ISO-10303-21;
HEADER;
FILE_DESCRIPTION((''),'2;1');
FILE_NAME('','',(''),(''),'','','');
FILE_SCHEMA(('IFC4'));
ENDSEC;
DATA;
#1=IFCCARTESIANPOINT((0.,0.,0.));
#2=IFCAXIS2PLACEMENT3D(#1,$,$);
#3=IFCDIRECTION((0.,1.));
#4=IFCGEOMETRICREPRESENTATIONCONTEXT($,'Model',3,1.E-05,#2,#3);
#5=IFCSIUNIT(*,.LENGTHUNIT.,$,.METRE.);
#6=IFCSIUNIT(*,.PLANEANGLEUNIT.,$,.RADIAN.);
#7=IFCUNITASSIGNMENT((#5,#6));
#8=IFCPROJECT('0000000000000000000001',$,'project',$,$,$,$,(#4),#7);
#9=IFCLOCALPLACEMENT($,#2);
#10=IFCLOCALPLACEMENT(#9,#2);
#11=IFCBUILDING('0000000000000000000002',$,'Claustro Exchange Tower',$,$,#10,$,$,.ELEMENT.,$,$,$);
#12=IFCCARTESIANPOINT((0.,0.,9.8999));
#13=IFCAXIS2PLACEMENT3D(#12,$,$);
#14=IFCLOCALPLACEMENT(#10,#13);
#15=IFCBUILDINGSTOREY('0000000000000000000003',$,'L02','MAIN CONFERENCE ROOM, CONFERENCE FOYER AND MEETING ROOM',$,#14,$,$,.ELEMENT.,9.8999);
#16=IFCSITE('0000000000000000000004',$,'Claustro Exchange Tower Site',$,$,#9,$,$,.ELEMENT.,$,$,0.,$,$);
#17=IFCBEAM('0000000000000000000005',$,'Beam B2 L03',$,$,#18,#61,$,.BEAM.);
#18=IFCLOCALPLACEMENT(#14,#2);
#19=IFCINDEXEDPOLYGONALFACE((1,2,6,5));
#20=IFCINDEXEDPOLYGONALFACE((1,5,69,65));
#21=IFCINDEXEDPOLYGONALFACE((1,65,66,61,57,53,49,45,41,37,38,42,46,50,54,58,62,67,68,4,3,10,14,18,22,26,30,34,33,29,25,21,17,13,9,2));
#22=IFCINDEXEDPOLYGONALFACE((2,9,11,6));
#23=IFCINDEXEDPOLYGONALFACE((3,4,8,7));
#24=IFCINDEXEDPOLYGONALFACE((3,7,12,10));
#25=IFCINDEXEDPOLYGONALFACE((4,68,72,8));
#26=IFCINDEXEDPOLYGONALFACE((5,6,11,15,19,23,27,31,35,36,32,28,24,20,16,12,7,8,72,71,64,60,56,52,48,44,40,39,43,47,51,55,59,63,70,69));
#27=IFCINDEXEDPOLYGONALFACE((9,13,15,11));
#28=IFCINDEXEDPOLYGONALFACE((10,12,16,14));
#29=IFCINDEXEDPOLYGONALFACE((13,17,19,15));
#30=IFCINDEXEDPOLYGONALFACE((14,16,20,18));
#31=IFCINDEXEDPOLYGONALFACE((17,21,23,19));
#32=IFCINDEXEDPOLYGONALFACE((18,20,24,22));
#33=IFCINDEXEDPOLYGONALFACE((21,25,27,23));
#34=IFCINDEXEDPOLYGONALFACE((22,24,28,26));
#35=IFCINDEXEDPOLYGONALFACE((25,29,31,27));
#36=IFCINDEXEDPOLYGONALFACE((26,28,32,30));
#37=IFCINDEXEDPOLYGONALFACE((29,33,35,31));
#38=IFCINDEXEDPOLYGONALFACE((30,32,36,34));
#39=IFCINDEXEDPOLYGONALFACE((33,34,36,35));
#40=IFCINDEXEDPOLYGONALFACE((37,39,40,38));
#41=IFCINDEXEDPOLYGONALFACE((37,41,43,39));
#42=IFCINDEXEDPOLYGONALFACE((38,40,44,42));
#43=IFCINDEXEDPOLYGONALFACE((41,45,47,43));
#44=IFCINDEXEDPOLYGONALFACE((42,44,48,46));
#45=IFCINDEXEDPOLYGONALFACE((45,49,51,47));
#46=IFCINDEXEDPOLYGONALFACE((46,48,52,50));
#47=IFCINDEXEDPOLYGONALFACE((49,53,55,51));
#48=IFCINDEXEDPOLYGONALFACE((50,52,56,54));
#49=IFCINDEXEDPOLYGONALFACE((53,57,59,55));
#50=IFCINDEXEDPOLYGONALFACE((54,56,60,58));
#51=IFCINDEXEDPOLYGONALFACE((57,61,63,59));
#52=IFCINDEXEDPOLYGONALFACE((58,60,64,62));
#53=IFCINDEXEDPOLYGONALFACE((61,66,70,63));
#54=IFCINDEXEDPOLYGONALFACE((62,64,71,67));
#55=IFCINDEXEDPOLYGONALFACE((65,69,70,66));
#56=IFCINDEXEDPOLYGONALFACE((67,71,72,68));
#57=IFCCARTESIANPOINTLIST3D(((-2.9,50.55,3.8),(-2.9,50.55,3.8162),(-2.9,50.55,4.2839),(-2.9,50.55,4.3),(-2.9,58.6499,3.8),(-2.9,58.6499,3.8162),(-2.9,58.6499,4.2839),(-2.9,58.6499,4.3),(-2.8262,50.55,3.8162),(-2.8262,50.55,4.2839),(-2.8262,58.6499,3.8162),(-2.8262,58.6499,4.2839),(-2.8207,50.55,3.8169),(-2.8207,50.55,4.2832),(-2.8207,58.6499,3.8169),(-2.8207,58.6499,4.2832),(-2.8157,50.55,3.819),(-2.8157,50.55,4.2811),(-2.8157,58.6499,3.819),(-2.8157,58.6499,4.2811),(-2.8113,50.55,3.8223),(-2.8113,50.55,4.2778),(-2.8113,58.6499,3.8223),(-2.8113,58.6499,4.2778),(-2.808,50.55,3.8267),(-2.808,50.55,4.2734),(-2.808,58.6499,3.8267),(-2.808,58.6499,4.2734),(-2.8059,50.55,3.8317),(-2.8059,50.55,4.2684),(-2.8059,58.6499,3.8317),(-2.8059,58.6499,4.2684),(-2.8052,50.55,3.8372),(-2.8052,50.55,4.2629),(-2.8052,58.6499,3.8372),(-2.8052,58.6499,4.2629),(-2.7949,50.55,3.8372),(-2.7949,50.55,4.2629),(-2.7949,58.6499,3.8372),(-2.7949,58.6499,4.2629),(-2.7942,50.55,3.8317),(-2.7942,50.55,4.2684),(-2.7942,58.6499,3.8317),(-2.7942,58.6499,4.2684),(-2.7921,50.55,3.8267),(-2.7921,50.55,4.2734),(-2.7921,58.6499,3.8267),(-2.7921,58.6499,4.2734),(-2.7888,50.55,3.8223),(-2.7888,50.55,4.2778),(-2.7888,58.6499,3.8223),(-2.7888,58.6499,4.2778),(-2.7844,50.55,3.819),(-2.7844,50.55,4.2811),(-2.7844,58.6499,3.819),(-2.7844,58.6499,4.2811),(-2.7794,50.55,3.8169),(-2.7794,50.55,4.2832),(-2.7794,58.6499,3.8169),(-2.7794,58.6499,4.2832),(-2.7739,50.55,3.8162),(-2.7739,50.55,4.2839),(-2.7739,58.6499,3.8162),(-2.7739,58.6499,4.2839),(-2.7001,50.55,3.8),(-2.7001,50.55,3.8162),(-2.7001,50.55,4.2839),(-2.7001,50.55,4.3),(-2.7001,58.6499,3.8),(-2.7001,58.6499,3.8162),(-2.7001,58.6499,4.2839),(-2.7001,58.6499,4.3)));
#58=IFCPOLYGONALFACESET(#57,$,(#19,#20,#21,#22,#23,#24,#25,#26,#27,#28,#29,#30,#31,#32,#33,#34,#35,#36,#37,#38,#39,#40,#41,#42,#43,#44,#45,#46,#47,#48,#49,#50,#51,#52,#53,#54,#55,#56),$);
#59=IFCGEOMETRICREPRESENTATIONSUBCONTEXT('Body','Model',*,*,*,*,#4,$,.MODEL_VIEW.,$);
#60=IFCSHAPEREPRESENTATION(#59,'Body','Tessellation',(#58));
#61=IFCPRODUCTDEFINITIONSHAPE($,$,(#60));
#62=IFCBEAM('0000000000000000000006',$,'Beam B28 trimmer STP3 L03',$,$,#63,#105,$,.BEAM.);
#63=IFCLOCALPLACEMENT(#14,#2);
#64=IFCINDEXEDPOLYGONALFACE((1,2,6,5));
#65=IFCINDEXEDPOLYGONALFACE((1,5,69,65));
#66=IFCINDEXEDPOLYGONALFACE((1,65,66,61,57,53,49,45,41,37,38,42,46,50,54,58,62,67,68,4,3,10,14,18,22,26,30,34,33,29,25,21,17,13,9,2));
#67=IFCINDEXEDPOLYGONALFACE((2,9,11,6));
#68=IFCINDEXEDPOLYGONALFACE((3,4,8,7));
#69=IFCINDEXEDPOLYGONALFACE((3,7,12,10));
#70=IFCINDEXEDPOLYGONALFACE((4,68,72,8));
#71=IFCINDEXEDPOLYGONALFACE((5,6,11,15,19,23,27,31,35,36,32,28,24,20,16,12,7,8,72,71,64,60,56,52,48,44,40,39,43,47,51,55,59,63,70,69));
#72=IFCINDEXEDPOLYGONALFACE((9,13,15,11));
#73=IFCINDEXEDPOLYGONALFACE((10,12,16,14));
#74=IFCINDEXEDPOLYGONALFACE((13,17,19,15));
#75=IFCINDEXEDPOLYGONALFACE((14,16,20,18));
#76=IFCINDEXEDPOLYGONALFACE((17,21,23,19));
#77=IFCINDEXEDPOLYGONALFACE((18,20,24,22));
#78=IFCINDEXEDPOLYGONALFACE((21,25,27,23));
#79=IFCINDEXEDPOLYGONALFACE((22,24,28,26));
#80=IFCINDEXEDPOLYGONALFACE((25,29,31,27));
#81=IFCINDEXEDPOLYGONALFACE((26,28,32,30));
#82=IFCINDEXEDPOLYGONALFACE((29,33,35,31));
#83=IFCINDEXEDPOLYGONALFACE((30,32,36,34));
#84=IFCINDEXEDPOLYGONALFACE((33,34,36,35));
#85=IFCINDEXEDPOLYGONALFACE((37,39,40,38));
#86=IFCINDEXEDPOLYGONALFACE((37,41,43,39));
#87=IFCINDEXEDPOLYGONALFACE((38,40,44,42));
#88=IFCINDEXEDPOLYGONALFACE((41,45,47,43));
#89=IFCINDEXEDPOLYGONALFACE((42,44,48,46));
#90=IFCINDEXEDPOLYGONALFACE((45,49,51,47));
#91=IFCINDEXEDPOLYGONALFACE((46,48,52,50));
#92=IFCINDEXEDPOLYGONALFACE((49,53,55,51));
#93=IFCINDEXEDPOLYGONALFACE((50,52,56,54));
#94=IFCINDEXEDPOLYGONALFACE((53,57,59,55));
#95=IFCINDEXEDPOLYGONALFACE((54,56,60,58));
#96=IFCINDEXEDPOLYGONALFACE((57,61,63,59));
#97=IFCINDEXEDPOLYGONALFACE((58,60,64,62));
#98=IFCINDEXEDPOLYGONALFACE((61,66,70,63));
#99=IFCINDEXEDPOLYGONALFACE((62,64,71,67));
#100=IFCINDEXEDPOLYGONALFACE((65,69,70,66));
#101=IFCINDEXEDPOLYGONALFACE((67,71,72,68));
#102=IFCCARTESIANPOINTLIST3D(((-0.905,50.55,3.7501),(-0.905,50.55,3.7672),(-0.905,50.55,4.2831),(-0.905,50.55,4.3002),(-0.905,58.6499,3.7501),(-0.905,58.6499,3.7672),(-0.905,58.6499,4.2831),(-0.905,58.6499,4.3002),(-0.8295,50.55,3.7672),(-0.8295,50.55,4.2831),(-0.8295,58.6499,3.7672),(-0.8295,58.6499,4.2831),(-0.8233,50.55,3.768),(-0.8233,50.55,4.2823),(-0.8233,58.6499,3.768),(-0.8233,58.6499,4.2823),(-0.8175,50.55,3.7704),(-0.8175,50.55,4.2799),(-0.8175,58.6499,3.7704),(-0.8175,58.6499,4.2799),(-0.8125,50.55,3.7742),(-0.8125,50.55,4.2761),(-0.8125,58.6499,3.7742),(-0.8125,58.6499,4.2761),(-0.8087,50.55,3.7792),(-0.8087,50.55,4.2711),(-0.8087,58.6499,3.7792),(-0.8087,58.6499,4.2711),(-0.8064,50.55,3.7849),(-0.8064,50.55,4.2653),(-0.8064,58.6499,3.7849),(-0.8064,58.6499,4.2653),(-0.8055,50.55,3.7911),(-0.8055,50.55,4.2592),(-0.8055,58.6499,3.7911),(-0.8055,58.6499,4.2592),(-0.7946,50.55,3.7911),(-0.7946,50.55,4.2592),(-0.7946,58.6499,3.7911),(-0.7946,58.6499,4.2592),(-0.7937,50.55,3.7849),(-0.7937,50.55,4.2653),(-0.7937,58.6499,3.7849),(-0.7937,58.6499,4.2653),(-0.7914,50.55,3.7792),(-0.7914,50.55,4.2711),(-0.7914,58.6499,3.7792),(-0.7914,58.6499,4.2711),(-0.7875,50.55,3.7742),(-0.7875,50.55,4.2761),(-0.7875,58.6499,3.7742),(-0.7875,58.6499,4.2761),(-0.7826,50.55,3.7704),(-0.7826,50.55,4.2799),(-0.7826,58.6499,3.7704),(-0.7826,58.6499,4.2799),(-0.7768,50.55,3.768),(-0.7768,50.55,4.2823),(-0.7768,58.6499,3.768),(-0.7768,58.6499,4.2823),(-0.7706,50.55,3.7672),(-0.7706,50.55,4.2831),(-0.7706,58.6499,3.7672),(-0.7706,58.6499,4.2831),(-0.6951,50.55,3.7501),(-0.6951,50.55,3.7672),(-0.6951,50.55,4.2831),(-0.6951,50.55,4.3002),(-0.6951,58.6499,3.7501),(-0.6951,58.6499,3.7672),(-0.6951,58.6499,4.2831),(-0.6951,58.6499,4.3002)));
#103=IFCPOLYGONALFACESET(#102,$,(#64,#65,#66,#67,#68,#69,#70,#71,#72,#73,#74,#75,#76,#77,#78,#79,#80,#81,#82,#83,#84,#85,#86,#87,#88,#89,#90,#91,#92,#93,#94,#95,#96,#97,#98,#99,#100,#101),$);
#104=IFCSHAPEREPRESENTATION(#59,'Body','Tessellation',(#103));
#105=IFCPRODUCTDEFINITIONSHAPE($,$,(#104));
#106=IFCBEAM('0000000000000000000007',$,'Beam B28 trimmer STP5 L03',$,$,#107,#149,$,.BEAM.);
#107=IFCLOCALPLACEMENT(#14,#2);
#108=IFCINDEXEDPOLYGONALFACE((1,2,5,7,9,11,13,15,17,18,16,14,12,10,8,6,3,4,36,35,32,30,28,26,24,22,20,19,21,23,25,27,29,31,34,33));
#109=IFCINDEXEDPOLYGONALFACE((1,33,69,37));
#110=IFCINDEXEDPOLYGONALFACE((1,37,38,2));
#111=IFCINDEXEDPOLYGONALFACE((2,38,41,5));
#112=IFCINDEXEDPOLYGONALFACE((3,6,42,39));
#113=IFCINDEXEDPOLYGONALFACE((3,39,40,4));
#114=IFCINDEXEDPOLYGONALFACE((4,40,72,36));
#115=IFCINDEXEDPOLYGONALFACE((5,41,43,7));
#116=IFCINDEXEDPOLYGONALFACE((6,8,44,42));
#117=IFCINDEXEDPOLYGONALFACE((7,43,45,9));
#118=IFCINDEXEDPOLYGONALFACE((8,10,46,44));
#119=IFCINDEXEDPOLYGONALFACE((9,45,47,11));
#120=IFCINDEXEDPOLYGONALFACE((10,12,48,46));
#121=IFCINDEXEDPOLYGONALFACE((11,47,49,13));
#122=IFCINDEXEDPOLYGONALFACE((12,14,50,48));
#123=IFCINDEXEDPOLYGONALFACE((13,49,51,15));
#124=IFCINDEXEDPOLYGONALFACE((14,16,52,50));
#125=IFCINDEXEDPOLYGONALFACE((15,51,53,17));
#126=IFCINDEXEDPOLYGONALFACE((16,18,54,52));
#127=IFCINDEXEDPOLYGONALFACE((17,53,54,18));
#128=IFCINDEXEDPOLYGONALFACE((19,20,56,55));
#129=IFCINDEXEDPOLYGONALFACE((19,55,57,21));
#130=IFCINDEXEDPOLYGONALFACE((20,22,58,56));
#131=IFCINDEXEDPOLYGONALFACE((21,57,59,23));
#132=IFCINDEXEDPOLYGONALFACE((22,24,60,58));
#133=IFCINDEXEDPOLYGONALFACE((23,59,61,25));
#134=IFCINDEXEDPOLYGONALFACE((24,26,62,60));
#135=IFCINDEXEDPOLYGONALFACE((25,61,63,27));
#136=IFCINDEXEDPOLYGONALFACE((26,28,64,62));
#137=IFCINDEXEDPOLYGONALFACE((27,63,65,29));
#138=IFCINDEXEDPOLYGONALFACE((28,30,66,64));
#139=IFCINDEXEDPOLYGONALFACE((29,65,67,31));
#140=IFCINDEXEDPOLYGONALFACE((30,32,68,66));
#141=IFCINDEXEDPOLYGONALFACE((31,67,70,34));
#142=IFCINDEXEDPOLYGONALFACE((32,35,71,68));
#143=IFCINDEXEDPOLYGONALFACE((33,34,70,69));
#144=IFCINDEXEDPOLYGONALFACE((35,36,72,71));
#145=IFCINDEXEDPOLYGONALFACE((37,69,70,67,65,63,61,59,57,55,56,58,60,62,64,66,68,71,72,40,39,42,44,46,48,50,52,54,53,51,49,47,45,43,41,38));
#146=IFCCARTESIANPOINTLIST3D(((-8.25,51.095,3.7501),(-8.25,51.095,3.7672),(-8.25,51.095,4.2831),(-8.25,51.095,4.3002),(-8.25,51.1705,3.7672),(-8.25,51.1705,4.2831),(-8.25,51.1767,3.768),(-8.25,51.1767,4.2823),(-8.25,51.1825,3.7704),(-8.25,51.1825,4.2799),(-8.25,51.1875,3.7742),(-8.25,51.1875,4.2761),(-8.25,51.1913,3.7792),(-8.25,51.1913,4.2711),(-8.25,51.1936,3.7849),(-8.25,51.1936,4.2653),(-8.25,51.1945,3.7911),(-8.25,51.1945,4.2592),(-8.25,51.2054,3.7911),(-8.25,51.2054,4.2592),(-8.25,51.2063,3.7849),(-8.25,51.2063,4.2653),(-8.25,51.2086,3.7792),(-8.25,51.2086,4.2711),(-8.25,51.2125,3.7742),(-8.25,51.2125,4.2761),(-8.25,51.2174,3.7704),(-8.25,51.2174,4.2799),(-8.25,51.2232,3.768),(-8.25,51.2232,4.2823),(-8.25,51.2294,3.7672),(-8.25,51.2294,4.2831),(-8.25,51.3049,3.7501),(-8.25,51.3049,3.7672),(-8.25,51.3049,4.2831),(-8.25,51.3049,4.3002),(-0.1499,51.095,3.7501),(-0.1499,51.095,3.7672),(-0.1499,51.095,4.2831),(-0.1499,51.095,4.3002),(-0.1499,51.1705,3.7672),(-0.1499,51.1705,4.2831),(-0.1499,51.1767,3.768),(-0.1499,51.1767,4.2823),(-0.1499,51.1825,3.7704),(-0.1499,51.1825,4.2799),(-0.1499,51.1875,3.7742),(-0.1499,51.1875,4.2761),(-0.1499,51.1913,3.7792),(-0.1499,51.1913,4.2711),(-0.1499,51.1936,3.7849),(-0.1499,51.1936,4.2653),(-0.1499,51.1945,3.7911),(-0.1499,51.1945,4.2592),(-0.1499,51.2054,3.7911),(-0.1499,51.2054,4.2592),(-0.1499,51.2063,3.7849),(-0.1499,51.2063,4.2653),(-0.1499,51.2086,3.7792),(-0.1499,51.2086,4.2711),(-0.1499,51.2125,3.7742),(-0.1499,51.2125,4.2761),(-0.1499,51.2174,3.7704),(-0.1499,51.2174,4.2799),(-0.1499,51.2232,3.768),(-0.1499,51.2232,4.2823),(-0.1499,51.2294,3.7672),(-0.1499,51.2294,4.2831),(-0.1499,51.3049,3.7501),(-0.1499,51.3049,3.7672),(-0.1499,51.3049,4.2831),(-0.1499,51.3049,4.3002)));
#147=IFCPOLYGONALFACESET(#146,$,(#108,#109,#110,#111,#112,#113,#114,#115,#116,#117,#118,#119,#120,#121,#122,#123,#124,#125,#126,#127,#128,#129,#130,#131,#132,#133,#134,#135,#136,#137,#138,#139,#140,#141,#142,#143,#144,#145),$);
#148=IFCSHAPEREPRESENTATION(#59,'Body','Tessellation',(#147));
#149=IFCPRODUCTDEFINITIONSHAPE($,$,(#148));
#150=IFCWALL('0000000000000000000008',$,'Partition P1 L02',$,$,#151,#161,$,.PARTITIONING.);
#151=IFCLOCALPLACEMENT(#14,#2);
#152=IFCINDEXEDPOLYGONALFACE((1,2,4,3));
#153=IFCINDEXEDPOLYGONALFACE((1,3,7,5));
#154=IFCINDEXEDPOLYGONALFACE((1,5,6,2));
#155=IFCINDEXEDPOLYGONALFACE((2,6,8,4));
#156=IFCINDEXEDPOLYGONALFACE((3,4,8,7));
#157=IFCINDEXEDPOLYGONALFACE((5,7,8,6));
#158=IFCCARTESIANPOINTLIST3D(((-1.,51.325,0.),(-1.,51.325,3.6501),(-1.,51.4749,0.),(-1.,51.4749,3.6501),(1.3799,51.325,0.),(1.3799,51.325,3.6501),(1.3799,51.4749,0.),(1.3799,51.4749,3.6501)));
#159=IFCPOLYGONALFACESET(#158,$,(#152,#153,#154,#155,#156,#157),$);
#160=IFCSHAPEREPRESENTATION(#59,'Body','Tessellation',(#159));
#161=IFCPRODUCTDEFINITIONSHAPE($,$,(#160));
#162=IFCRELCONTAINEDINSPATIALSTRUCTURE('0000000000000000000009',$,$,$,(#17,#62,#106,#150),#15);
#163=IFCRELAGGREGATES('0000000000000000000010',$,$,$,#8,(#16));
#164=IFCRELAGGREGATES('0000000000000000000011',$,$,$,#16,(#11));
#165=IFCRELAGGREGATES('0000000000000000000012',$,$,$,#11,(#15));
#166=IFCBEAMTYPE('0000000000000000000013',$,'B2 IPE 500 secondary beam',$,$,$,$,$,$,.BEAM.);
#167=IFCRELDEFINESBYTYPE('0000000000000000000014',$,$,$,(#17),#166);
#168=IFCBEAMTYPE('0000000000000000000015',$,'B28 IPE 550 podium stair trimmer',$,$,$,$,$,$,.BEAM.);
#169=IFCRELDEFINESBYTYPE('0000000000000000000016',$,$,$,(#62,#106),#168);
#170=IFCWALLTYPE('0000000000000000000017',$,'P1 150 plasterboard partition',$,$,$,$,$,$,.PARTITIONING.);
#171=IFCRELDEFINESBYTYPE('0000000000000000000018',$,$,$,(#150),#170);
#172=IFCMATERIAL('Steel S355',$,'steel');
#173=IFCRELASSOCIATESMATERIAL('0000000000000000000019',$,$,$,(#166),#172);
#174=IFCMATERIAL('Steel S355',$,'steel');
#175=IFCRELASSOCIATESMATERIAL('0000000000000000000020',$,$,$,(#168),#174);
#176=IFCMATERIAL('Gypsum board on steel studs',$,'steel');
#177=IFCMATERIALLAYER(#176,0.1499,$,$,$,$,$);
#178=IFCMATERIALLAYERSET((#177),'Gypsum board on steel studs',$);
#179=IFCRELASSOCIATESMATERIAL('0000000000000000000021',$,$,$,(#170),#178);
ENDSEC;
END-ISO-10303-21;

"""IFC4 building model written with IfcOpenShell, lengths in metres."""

from ifc_helpers import new_model, si_unit, direction, frame, frame_2d, origin, origin_2d, place, context, subcontext, project, spatial, rectangle, i_section, extrude, material, layer, layer_set, material_profile, profile_set, type_object, element, save


model = new_model("IFC4")

# Units and contexts
model_context = context("Model", 3, precision=1e-05, world=origin(), true_north=direction((0.0, 1.0)))
body_context = subcontext(model_context, "Body", "Model", "MODEL_VIEW")
ifc_project = project(units=[si_unit("LENGTHUNIT", "METRE"), si_unit("PLANEANGLEUNIT", "RADIAN")], contexts=[model_context])

# Site, building, storey
site_placement = place(None, origin())
site = spatial("IfcSite", under=ifc_project, at=site_placement, Name="Claustro Exchange Tower Site", CompositionType="ELEMENT", RefElevation=0.0)
building_placement = place(site_placement, origin())
building = spatial("IfcBuilding", under=site, at=building_placement, Name="Claustro Exchange Tower", CompositionType="ELEMENT")
storey_placement = place(building_placement, frame((0.0, 0.0, 9.8999)))
storey = spatial("IfcBuildingStorey", under=building, at=storey_placement, Name="L02", Description="MAIN CONFERENCE ROOM, CONFERENCE FOYER AND MEETING ROOM", CompositionType="ELEMENT", Elevation=9.8999)

# Beams
ifc_material_1 = material(Name="Steel S355", Category="steel")
ifc_material_profile_1 = material_profile(ifc_material_1, i_section(OverallWidth=0.2, OverallDepth=0.5, WebThickness=0.0103, FlangeThickness=0.0161, FilletRadius=0.021, at=origin_2d()), Name="IPE 500")
ifc_profile_set_1 = profile_set([ifc_material_profile_1], Name="Steel S355")
beam_type_1 = type_object("IfcBeamType", Name="B2 IPE 500 secondary beam", PredefinedType="BEAM", material=ifc_profile_set_1)
for number, where, z_axis, x_axis, name in (
    (1, (-2.8, 50.55, 4.05), (0.0, 1.0, 0.0), (-1.0, 0.0, 0.0), "Beam B2 L03"),
):
    element("IfcBeam", number, at=place(storey_placement, frame(where, z_axis=z_axis, x_axis=x_axis)), inside=storey, type_object=beam_type_1, Name=name, PredefinedType="BEAM", context=body_context, shape_type="SweptSolid", body=[
        extrude(i_section(OverallWidth=0.2, OverallDepth=0.5, WebThickness=0.0103, FlangeThickness=0.0161, FilletRadius=0.021, at=origin_2d()), origin(), (0.0, 0.0, 1.0), 8.0999),
    ])
ifc_material_2 = material(Name="Steel S355", Category="steel")
ifc_material_profile_2 = material_profile(ifc_material_2, i_section(OverallWidth=0.21, OverallDepth=0.55, WebThickness=0.011, FlangeThickness=0.0171, FilletRadius=0.0239, at=origin_2d()), Name="IPE 550")
ifc_profile_set_2 = profile_set([ifc_material_profile_2], Name="Steel S355")
beam_type_2 = type_object("IfcBeamType", Name="B28 IPE 550 podium stair trimmer", PredefinedType="BEAM", material=ifc_profile_set_2)
beam_1_placement = place(storey_placement, frame((-0.8, 50.55, 4.0251), z_axis=(0.0, 1.0, 0.0), x_axis=(-1.0, 0.0, 0.0)))
element("IfcBeam", 2, at=beam_1_placement, inside=storey, type_object=beam_type_2, Name="Beam B28 trimmer STP3 L03", PredefinedType="BEAM", context=body_context, shape_type="SweptSolid", body=[
    extrude(i_section(OverallWidth=0.21, OverallDepth=0.55, WebThickness=0.011, FlangeThickness=0.0171, FilletRadius=0.0239, at=origin_2d()), origin(), (0.0, 0.0, 1.0), 8.0999),
])
beam_2_placement = place(storey_placement, frame((-8.25, 51.2, 4.0251), z_axis=(1.0, 0.0, 0.0), x_axis=(0.0, 1.0, 0.0)))
element("IfcBeam", 3, at=beam_2_placement, inside=storey, type_object=beam_type_2, Name="Beam B28 trimmer STP5 L03", PredefinedType="BEAM", context=body_context, shape_type="SweptSolid", body=[
    extrude(i_section(OverallWidth=0.21, OverallDepth=0.55, WebThickness=0.011, FlangeThickness=0.0171, FilletRadius=0.0239, at=origin_2d()), origin(), (0.0, 0.0, 1.0), 8.1001),
])

# Wall
ifc_material_3 = material(Name="Gypsum board on steel studs", Category="steel")
ifc_layer_1 = layer(ifc_material_3, 0.1499)
ifc_layer_set_1 = layer_set([ifc_layer_1], Name="Gypsum board on steel studs")
wall_type_1 = type_object("IfcWallType", Name="P1 150 plasterboard partition", PredefinedType="PARTITIONING", material=ifc_layer_set_1)
wall_1_placement = place(storey_placement, frame((-1.0, 51.3999, 0.0), z_axis=(0.0, 0.0, 1.0), x_axis=(1.0, 0.0, 0.0)))
element("IfcWall", 4, at=wall_1_placement, inside=storey, type_object=wall_type_1, Name="Partition P1 L02", PredefinedType="PARTITIONING", context=body_context, shape_type="SweptSolid", body=[
    extrude(rectangle(XDim=2.3799, YDim=0.1499, at=frame_2d((1.1899, 0.0))), origin(), (0.0, 0.0, 1.0), 3.6501),
])

save(model, "model.ifc")
